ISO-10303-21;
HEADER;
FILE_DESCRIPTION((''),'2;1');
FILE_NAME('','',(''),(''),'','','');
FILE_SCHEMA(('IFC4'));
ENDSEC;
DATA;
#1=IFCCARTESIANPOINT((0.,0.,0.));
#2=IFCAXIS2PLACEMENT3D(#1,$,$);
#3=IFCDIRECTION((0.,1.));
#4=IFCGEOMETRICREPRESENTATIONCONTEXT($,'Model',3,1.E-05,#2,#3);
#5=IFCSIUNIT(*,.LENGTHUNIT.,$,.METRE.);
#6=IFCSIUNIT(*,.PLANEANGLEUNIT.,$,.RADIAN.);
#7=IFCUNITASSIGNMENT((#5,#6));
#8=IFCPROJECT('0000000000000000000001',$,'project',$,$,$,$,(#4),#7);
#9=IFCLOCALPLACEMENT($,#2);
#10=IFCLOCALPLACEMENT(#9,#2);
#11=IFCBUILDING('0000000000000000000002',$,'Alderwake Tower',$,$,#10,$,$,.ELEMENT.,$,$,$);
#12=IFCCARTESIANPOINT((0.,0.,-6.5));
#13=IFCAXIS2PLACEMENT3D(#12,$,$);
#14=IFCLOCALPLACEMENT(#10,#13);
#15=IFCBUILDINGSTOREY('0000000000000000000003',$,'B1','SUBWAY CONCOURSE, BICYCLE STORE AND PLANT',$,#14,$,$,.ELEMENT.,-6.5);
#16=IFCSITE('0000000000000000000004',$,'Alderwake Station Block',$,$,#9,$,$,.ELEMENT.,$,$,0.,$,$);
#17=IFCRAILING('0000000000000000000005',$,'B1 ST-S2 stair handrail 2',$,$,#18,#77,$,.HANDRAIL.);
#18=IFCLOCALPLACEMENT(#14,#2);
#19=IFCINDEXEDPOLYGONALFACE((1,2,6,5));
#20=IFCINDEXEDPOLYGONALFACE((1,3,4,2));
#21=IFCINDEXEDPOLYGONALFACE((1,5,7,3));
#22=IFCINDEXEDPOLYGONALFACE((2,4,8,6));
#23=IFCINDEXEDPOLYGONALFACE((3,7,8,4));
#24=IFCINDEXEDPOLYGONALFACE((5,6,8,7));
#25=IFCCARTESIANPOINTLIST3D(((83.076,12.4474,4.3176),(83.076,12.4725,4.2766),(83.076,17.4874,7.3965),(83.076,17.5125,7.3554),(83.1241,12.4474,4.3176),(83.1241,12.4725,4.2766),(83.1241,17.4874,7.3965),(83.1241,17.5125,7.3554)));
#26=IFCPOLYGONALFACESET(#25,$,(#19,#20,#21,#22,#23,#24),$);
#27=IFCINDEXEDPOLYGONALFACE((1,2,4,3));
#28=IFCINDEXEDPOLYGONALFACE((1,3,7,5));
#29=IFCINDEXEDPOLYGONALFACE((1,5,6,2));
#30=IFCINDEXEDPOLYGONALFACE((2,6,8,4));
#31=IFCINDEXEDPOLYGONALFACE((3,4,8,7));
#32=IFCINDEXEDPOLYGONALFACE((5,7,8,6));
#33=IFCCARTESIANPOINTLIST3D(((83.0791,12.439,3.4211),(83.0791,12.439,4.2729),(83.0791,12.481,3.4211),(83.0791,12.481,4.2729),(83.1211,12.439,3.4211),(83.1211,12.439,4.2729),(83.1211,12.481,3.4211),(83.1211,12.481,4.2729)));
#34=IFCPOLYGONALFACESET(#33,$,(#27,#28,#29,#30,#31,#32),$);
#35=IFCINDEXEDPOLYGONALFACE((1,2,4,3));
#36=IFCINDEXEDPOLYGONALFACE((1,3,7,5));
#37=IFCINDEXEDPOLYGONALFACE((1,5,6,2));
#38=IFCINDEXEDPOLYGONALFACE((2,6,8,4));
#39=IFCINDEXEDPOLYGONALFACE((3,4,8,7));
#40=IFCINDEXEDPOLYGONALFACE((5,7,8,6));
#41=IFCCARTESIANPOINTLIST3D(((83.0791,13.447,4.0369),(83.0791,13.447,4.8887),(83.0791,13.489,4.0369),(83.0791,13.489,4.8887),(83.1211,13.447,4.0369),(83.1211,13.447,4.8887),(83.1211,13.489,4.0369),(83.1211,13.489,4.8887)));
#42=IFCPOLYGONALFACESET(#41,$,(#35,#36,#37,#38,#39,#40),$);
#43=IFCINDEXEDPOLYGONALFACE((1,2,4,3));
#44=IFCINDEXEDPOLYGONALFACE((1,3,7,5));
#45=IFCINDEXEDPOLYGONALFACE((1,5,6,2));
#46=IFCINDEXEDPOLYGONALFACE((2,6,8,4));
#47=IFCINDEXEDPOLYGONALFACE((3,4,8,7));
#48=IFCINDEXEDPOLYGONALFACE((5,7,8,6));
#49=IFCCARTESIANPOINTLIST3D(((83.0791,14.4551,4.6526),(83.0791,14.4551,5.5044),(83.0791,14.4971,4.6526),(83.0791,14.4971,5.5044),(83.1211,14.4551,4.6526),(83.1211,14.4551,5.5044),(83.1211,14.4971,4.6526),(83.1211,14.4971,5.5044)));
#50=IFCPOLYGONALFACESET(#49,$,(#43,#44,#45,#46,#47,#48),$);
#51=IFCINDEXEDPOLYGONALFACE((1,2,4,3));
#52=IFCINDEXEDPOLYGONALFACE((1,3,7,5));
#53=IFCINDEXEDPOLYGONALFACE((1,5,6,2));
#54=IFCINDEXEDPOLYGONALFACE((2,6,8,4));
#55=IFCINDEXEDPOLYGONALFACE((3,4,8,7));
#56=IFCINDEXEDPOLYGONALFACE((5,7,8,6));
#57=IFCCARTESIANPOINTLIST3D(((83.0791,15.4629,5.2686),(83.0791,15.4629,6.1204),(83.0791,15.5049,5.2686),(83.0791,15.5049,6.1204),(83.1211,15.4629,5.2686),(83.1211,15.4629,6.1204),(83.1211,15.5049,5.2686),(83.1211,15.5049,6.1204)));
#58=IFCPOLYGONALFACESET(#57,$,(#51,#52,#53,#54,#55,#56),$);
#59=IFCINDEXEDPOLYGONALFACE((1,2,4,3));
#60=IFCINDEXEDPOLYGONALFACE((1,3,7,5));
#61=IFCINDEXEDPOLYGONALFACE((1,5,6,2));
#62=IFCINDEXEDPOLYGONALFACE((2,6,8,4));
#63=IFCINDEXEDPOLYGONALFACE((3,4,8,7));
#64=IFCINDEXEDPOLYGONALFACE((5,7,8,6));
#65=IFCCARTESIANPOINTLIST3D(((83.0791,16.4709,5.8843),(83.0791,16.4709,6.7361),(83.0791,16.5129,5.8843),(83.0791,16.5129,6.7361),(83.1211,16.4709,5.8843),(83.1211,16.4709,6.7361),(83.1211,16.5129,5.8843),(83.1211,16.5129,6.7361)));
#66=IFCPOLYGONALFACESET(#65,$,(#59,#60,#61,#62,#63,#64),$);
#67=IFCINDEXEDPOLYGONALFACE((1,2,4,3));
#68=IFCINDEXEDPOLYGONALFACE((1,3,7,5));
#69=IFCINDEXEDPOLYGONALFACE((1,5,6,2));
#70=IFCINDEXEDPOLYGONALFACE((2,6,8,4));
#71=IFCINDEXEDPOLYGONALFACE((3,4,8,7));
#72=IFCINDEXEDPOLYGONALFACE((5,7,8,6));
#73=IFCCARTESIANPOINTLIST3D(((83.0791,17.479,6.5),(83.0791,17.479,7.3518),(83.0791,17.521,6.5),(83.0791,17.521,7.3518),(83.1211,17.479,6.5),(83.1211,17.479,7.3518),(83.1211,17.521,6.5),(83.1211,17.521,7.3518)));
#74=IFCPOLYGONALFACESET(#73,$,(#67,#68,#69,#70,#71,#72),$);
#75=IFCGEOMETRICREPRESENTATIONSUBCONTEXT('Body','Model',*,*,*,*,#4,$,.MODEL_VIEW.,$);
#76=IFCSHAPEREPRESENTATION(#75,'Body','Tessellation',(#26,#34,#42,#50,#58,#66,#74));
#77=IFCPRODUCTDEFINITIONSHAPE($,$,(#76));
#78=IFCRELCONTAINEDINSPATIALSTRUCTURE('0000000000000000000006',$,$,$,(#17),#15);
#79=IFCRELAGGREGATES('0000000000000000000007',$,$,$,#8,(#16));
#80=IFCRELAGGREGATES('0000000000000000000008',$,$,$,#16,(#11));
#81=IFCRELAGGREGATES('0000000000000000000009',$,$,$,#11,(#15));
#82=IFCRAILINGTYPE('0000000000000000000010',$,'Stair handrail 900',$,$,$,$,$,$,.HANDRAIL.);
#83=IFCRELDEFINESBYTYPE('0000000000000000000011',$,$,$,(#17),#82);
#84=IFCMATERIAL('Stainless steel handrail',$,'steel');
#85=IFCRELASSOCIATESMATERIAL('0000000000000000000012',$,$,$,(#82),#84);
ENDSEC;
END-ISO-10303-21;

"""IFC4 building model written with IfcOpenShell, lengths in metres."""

from ifc_helpers import new_model, si_unit, direction, frame, origin, origin_2d, place, context, subcontext, project, spatial, rectangle, extrude, material, type_object, element, save


model = new_model("IFC4")

# Units and contexts
model_context = context("Model", 3, precision=1e-05, world=origin(), true_north=direction((0.0, 1.0)))
body_context = subcontext(model_context, "Body", "Model", "MODEL_VIEW")
ifc_project = project(units=[si_unit("LENGTHUNIT", "METRE"), si_unit("PLANEANGLEUNIT", "RADIAN")], contexts=[model_context])

# Site, building, storey
site_placement = place(None, origin())
site = spatial("IfcSite", under=ifc_project, at=site_placement, Name="Alderwake Station Block", CompositionType="ELEMENT", RefElevation=0.0)
building_placement = place(site_placement, origin())
building = spatial("IfcBuilding", under=site, at=building_placement, Name="Alderwake Tower", CompositionType="ELEMENT")
storey_placement = place(building_placement, frame((0.0, 0.0, -6.5)))
storey = spatial("IfcBuildingStorey", under=building, at=storey_placement, Name="B1", Description="SUBWAY CONCOURSE, BICYCLE STORE AND PLANT", CompositionType="ELEMENT", Elevation=-6.5)

# Railing
ifc_material_1 = material(Name="Stainless steel handrail", Category="steel")
railing_type_1 = type_object("IfcRailingType", Name="Stair handrail 900", PredefinedType="HANDRAIL", material=ifc_material_1)
railing_1_placement = place(storey_placement, frame((83.1001, 12.46, 3.4211)))
element("IfcRailing", 1, at=railing_1_placement, inside=storey, type_object=railing_type_1, Name="B1 ST-S2 stair handrail 2", PredefinedType="HANDRAIL", context=body_context, shape_type="SweptSolid", body=[
    extrude(rectangle(XDim=0.0481, YDim=0.0481, at=origin_2d()), frame((0.0, 0.0, 0.876), z_axis=(0.0, 0.85337, 0.521306), x_axis=(-1.0, 0.0, 0.0)), (0.0, 0.0, 1.0), 5.906),
    extrude(rectangle(XDim=0.042, YDim=0.042, at=origin_2d()), frame((0.0, 0.0, 0.0), z_axis=(0.0, 0.0, 1.0), x_axis=(0.0, 1.0, 0.0)), (0.0, 0.0, 1.0), 0.8518),
    extrude(rectangle(XDim=0.042, YDim=0.042, at=origin_2d()), frame((0.0, 1.0081, 0.6157), z_axis=(0.0, 0.0, 1.0), x_axis=(0.0, 1.0, 0.0)), (0.0, 0.0, 1.0), 0.8518),
    extrude(rectangle(XDim=0.042, YDim=0.042, at=origin_2d()), frame((0.0, 2.0161, 1.2314), z_axis=(0.0, 0.0, 1.0), x_axis=(0.0, 1.0, 0.0)), (0.0, 0.0, 1.0), 0.8518),
    extrude(rectangle(XDim=0.042, YDim=0.042, at=origin_2d()), frame((0.0, 3.0239, 1.8474), z_axis=(0.0, 0.0, 1.0), x_axis=(0.0, 1.0, 0.0)), (0.0, 0.0, 1.0), 0.8518),
    extrude(rectangle(XDim=0.042, YDim=0.042, at=origin_2d()), frame((0.0, 4.032, 2.4631), z_axis=(0.0, 0.0, 1.0), x_axis=(0.0, 1.0, 0.0)), (0.0, 0.0, 1.0), 0.8518),
    extrude(rectangle(XDim=0.042, YDim=0.042, at=origin_2d()), frame((0.0, 5.04, 3.0789), z_axis=(0.0, 0.0, 1.0), x_axis=(0.0, 1.0, 0.0)), (0.0, 0.0, 1.0), 0.8518),
])

save(model, "model.ifc")
